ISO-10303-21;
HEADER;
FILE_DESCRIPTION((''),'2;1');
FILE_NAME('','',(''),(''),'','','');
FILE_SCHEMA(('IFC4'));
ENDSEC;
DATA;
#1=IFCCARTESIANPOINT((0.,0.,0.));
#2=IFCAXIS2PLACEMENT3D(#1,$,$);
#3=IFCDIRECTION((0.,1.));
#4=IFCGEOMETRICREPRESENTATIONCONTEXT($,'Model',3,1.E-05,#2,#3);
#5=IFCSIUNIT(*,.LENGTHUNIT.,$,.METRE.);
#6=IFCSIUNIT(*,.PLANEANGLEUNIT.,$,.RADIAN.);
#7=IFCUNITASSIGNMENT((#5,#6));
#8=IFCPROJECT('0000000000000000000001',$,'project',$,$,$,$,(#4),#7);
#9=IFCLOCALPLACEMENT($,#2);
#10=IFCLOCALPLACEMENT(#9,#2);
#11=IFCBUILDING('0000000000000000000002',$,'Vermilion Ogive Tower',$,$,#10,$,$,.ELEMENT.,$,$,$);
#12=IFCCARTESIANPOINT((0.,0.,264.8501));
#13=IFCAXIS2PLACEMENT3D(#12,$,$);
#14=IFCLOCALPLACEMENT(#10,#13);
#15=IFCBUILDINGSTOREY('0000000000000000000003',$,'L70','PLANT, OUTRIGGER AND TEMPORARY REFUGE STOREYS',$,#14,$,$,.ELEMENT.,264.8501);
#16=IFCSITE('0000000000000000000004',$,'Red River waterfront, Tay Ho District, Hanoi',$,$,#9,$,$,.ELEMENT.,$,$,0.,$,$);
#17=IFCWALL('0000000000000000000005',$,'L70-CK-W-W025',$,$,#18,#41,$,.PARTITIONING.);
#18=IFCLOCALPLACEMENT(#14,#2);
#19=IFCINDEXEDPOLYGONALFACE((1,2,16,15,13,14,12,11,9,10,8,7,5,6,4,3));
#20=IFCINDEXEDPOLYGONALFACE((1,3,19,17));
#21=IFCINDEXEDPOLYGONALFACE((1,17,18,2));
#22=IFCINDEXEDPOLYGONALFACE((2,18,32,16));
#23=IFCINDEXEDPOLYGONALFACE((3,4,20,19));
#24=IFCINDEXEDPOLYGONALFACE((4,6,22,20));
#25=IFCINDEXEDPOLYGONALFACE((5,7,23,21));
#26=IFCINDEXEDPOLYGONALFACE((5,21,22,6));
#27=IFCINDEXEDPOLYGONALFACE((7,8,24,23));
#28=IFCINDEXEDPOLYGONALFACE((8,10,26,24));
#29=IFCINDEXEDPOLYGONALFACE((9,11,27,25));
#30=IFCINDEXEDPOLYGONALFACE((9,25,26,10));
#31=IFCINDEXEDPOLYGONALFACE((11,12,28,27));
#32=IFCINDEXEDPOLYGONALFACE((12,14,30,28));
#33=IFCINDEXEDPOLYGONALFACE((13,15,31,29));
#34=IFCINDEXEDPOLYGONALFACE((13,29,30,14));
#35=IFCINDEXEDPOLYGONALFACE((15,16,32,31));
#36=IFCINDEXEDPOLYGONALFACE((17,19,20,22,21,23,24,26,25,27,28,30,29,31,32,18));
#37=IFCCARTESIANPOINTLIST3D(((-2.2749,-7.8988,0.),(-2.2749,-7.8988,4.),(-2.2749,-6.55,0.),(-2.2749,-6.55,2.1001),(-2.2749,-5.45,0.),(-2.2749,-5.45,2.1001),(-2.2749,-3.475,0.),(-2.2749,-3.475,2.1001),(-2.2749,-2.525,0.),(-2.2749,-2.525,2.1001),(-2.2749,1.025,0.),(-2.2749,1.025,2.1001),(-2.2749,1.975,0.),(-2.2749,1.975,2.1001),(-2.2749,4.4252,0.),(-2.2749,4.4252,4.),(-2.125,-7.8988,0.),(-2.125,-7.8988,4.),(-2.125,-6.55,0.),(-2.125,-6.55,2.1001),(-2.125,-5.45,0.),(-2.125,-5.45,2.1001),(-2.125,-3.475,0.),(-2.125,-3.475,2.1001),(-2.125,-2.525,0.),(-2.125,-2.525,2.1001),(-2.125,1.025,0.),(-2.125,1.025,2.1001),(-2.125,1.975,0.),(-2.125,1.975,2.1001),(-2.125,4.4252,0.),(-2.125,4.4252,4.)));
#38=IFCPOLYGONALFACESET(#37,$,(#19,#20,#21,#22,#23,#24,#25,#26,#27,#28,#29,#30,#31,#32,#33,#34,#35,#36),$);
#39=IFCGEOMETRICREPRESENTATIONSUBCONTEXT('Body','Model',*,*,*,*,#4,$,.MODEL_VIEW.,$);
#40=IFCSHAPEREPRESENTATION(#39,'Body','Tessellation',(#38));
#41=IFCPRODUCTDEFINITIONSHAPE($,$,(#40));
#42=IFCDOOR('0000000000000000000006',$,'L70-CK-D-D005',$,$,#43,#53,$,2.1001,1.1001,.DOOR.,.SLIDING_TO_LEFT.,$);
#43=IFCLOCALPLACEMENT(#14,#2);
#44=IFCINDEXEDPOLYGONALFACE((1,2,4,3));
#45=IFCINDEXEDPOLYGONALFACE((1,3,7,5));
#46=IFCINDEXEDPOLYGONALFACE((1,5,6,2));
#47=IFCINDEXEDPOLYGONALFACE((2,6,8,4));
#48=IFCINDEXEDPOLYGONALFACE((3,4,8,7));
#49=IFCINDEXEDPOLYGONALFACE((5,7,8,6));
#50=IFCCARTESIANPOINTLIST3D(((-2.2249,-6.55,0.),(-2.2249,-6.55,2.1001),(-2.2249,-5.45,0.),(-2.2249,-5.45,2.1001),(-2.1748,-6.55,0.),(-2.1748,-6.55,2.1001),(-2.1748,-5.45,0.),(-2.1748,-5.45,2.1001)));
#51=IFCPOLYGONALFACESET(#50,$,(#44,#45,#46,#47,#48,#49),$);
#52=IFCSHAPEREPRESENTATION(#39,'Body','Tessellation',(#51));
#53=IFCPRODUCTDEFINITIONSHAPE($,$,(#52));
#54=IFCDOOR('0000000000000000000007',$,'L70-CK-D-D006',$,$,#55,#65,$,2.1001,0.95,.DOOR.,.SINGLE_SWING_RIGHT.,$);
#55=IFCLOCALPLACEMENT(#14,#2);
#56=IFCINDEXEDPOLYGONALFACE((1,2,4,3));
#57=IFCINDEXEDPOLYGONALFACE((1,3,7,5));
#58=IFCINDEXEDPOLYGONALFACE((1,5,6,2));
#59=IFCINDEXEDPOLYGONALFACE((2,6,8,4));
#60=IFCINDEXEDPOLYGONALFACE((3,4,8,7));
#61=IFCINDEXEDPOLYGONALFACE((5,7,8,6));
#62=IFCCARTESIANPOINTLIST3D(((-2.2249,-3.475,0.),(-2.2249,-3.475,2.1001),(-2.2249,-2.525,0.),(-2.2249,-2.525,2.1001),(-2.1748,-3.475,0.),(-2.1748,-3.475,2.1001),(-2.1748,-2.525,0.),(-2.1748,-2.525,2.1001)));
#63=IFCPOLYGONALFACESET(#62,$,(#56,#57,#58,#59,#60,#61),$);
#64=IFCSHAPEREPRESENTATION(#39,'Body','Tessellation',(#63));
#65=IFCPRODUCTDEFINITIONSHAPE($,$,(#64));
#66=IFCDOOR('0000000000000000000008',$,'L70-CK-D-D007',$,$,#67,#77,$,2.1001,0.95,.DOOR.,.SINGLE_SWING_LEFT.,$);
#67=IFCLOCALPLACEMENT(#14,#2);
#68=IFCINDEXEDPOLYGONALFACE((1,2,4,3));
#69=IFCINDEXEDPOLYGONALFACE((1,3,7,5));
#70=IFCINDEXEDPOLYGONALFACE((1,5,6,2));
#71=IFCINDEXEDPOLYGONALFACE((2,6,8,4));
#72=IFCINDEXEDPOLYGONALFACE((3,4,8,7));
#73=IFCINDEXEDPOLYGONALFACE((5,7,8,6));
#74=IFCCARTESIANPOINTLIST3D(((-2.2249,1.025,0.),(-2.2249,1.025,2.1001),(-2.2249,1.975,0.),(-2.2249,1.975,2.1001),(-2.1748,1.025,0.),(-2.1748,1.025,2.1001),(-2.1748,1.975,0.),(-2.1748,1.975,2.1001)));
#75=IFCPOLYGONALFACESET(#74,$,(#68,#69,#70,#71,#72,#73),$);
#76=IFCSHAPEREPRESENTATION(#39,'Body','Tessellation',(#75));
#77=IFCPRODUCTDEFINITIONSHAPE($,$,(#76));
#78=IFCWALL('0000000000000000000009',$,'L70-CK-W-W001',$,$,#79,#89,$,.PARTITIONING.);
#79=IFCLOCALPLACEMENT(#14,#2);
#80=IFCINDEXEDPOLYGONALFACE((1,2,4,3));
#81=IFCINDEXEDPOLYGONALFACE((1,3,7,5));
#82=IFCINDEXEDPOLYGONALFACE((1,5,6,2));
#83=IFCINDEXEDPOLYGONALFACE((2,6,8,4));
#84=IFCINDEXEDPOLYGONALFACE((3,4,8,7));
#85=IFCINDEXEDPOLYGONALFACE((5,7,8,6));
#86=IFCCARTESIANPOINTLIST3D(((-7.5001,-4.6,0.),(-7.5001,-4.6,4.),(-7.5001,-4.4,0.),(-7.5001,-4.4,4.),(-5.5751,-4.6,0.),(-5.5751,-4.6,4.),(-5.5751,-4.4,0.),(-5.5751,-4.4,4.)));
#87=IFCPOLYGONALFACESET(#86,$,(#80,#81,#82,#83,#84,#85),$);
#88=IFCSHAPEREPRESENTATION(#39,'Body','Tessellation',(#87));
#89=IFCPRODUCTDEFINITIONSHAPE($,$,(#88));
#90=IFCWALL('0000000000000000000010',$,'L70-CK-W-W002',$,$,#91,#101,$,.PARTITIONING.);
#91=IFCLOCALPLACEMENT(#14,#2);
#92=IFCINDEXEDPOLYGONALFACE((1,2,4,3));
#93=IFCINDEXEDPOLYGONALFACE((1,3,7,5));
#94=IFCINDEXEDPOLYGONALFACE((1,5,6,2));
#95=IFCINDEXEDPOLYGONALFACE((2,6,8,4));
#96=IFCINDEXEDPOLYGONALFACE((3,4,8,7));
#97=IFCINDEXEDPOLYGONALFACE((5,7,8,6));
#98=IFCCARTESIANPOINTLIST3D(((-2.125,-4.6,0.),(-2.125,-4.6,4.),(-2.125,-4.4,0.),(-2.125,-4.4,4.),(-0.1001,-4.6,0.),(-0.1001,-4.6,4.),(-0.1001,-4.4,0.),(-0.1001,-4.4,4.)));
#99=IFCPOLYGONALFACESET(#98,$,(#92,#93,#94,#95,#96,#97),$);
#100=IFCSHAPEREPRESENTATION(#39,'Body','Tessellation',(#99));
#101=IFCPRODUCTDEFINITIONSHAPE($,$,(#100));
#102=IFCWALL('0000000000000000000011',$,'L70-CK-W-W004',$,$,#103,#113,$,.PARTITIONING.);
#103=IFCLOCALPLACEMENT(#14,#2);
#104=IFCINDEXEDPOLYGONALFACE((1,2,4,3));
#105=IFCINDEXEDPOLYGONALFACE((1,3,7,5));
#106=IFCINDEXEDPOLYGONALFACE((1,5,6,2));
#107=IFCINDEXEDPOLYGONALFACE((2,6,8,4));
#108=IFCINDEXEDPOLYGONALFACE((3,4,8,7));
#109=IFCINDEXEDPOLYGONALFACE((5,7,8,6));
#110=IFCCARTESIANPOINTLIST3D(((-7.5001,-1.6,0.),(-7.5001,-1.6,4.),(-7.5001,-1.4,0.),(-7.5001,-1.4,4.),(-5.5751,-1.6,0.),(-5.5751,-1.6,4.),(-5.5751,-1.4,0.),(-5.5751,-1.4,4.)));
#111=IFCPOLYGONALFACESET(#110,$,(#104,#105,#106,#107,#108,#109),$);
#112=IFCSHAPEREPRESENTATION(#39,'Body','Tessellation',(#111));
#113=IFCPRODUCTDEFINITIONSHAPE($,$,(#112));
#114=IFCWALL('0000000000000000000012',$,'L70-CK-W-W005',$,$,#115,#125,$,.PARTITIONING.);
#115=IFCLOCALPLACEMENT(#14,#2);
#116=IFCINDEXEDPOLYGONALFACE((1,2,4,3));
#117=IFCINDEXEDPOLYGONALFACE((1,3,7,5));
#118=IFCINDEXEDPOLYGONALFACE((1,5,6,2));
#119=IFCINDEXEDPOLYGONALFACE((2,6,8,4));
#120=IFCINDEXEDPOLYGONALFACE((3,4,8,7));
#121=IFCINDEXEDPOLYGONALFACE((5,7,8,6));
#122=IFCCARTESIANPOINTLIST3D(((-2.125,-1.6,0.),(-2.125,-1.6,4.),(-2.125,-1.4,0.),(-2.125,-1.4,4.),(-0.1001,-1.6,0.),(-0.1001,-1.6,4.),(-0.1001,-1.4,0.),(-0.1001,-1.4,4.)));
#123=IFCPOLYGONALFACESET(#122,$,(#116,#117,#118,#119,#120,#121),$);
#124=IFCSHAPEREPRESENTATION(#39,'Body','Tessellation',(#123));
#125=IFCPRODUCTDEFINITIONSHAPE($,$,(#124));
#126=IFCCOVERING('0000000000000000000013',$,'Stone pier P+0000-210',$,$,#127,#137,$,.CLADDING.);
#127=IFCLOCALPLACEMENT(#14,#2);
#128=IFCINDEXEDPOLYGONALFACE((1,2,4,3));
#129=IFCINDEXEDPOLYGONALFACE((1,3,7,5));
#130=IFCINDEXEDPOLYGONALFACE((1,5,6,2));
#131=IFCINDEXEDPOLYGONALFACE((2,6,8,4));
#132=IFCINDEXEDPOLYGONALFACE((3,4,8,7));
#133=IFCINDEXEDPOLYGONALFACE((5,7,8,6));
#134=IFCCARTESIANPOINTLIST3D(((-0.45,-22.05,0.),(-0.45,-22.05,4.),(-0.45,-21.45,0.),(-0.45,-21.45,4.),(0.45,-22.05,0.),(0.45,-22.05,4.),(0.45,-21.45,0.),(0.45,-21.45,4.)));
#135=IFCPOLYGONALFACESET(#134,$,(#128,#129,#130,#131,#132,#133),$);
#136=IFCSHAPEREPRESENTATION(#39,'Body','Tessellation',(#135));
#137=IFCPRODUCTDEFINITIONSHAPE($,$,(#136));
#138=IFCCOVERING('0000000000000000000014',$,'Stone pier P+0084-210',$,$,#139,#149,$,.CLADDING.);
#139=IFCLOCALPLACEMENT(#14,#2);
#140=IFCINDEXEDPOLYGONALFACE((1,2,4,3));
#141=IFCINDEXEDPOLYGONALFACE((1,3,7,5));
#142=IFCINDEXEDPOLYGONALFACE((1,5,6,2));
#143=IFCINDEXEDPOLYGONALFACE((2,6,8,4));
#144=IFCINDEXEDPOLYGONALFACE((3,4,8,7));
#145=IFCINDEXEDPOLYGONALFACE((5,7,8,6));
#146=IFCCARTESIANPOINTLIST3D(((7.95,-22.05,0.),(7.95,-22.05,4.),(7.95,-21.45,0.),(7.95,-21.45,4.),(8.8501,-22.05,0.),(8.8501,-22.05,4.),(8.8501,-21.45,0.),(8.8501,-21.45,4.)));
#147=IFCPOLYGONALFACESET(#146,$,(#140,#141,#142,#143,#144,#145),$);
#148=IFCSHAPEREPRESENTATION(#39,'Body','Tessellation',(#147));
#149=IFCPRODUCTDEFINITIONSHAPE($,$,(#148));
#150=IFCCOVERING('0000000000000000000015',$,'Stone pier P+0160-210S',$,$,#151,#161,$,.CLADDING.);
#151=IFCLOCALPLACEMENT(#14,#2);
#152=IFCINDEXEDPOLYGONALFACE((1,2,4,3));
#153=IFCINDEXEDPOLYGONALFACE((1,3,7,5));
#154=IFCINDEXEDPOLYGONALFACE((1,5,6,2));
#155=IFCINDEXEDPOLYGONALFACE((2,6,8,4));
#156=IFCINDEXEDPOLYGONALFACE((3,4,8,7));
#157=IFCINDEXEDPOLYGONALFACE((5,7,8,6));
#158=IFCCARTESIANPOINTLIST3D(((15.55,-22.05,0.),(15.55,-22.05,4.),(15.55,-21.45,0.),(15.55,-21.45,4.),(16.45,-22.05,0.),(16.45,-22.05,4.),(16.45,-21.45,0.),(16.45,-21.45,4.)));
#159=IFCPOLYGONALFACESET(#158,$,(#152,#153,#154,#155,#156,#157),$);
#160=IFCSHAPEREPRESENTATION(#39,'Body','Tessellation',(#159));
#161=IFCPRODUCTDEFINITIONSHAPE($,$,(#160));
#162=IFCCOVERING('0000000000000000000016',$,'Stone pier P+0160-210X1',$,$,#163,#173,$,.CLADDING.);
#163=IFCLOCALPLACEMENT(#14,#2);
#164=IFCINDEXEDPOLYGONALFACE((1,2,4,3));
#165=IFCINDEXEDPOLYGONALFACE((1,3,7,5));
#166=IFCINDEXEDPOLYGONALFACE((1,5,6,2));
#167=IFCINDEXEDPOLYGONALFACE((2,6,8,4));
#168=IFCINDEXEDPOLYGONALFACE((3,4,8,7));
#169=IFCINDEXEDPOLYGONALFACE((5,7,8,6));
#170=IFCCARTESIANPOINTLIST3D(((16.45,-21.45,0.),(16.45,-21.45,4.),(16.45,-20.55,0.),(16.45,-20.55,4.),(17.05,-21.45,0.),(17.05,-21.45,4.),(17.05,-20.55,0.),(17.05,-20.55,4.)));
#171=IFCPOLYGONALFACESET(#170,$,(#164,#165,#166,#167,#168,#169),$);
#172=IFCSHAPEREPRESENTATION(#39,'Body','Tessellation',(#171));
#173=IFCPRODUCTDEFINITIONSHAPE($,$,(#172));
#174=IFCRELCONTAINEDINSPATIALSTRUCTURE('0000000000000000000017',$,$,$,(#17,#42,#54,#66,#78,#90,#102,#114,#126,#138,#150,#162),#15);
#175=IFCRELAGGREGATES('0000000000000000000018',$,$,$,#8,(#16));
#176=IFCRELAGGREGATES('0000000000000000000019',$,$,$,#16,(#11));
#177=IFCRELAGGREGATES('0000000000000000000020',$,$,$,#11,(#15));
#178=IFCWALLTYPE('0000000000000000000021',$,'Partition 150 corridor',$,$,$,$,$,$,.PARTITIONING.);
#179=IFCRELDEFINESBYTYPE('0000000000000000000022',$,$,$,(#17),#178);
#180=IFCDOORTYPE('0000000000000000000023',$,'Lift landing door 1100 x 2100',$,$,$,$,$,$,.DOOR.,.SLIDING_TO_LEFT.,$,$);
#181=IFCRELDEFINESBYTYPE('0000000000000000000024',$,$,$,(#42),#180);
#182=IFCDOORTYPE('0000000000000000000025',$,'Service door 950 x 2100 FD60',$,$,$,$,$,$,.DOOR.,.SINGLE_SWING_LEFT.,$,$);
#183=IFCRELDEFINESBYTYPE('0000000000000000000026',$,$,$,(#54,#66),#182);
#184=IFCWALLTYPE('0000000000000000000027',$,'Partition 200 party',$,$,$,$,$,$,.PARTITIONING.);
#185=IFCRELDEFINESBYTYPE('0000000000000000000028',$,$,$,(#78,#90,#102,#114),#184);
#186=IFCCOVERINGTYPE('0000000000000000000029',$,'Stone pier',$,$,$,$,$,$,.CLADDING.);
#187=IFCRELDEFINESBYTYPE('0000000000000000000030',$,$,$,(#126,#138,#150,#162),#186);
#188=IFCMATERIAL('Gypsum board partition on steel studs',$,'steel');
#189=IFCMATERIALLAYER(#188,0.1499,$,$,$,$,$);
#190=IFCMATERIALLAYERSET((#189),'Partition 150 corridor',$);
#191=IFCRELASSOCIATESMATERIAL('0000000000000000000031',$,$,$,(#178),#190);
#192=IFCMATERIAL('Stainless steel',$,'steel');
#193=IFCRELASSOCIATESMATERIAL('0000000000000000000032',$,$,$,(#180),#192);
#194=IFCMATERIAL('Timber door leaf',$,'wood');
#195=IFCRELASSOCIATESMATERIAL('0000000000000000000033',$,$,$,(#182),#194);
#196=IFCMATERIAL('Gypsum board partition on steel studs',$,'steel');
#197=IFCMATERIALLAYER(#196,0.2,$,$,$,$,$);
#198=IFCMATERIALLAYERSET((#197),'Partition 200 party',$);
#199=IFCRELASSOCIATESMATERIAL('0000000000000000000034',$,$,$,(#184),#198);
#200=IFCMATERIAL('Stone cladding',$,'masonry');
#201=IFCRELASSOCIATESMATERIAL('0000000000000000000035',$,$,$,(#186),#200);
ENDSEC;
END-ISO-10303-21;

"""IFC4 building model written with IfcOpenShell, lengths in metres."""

from ifc_helpers import new_model, si_unit, direction, frame, frame_2d, origin, place, context, subcontext, project, spatial, polyline, rectangle, outline, extrude, material, layer, layer_set, type_object, element, fill, save


model = new_model("IFC4")

# Units and contexts
model_context = context("Model", 3, precision=1e-05, world=origin(), true_north=direction((0.0, 1.0)))
body_context = subcontext(model_context, "Body", "Model", "MODEL_VIEW")
ifc_project = project(units=[si_unit("LENGTHUNIT", "METRE"), si_unit("PLANEANGLEUNIT", "RADIAN")], contexts=[model_context])

# Site, building, storey
site_placement = place(None, origin())
site = spatial("IfcSite", under=ifc_project, at=site_placement, Name="Red River waterfront, Tay Ho District, Hanoi", CompositionType="ELEMENT", RefElevation=0.0)
building_placement = place(site_placement, origin())
building = spatial("IfcBuilding", under=site, at=building_placement, Name="Vermilion Ogive Tower", CompositionType="ELEMENT")
storey_placement = place(building_placement, frame((0.0, 0.0, 264.8501)))
storey = spatial("IfcBuildingStorey", under=building, at=storey_placement, Name="L70", Description="PLANT, OUTRIGGER AND TEMPORARY REFUGE STOREYS", CompositionType="ELEMENT", Elevation=264.8501)

# Wall, openings, doors
ifc_material_1 = material(Name="Gypsum board partition on steel studs", Category="steel")
ifc_layer_1 = layer(ifc_material_1, 0.1499)
ifc_layer_set_1 = layer_set([ifc_layer_1], Name="Partition 150 corridor")
wall_type_1 = type_object("IfcWallType", Name="Partition 150 corridor", PredefinedType="PARTITIONING", material=ifc_layer_set_1)
ifc_material_2 = material(Name="Stainless steel", Category="steel")
door_type_1 = type_object("IfcDoorType", Name="Lift landing door 1100 x 2100", OperationType="SLIDING_TO_LEFT", PredefinedType="DOOR", material=ifc_material_2)
wall_1_placement = place(storey_placement, frame((-2.2, -7.8989, 0.0), z_axis=(0.0, 0.0, 1.0), x_axis=(0.0, 1.0, 0.0)))
wall_1 = element("IfcWall", 1, at=wall_1_placement, inside=storey, type_object=wall_type_1, Name="L70-CK-W-W025", PredefinedType="PARTITIONING", context=body_context, shape_type="SweptSolid", body=[
    extrude(rectangle(XDim=12.324, YDim=0.1499, at=frame_2d((6.1621, 0.0))), origin(), (0.0, 0.0, 1.0), 4.0),
])
opening_1_placement = place(wall_1_placement, frame((1.3489, 0.0, 0.0)))
opening_1 = element("IfcOpeningElement", 2, at=opening_1_placement, cuts=wall_1, PredefinedType="OPENING", context=body_context, shape_type="SweptSolid", body=[
    extrude(rectangle(XDim=1.1001, YDim=2.1001, at=frame_2d((0.55, 1.05))), frame((0.0, 0.085, 0.0), z_axis=(0.0, -1.0, 0.0), x_axis=(1.0, 0.0, 0.0)), (0.0, 0.0, 1.0), 0.1699),
])
opening_2_placement = place(wall_1_placement, frame((4.4238, 0.0, 0.0)))
opening_2 = element("IfcOpeningElement", 3, at=opening_2_placement, cuts=wall_1, PredefinedType="OPENING", context=body_context, shape_type="SweptSolid", body=[
    extrude(rectangle(XDim=0.95, YDim=2.1001, at=frame_2d((0.4751, 1.05))), frame((0.0, 0.085, 0.0), z_axis=(0.0, -1.0, 0.0), x_axis=(1.0, 0.0, 0.0)), (0.0, 0.0, 1.0), 0.1699),
])
opening_3_placement = place(wall_1_placement, frame((8.9238, 0.0, 0.0)))
opening_3 = element("IfcOpeningElement", 4, at=opening_3_placement, cuts=wall_1, PredefinedType="OPENING", context=body_context, shape_type="SweptSolid", body=[
    extrude(rectangle(XDim=0.95, YDim=2.1001, at=frame_2d((0.4751, 1.05))), frame((0.0, 0.085, 0.0), z_axis=(0.0, -1.0, 0.0), x_axis=(1.0, 0.0, 0.0)), (0.0, 0.0, 1.0), 0.1699),
])
door_1_placement = place(opening_1_placement, origin())
door_1 = element("IfcDoor", 5, at=door_1_placement, inside=storey, type_object=door_type_1, Name="L70-CK-D-D005", OperationType="SLIDING_TO_LEFT", OverallHeight=2.1001, OverallWidth=1.1001, PredefinedType="DOOR", context=body_context, shape_type="SweptSolid", body=[
    extrude(rectangle(XDim=1.1001, YDim=2.1001, at=frame_2d((0.55, 1.05))), frame((0.0, 0.0249, 0.0), z_axis=(0.0, -1.0, 0.0), x_axis=(1.0, 0.0, 0.0)), (0.0, 0.0, 1.0), 0.05),
])
fill(opening_1, door_1)
ifc_material_3 = material(Name="Timber door leaf", Category="wood")
door_type_2 = type_object("IfcDoorType", Name="Service door 950 x 2100 FD60", OperationType="SINGLE_SWING_LEFT", PredefinedType="DOOR", material=ifc_material_3)
door_2_placement = place(opening_2_placement, origin())
door_2 = element("IfcDoor", 6, at=door_2_placement, inside=storey, type_object=door_type_2, Name="L70-CK-D-D006", OperationType="SINGLE_SWING_RIGHT", OverallHeight=2.1001, OverallWidth=0.95, PredefinedType="DOOR", context=body_context, shape_type="SweptSolid", body=[
    extrude(rectangle(XDim=0.95, YDim=2.1001, at=frame_2d((0.4751, 1.05))), frame((0.0, 0.0249, 0.0), z_axis=(0.0, -1.0, 0.0), x_axis=(1.0, 0.0, 0.0)), (0.0, 0.0, 1.0), 0.05),
])
fill(opening_2, door_2)
door_3_placement = place(opening_3_placement, origin())
door_3 = element("IfcDoor", 7, at=door_3_placement, inside=storey, type_object=door_type_2, Name="L70-CK-D-D007", OperationType="SINGLE_SWING_LEFT", OverallHeight=2.1001, OverallWidth=0.95, PredefinedType="DOOR", context=body_context, shape_type="SweptSolid", body=[
    extrude(rectangle(XDim=0.95, YDim=2.1001, at=frame_2d((0.4751, 1.05))), frame((0.0, 0.0249, 0.0), z_axis=(0.0, -1.0, 0.0), x_axis=(1.0, 0.0, 0.0)), (0.0, 0.0, 1.0), 0.05),
])
fill(opening_3, door_3)

# Walls
ifc_material_4 = material(Name="Gypsum board partition on steel studs", Category="steel")
ifc_layer_2 = layer(ifc_material_4, 0.2)
ifc_layer_set_2 = layer_set([ifc_layer_2], Name="Partition 200 party")
wall_type_2 = type_object("IfcWallType", Name="Partition 200 party", PredefinedType="PARTITIONING", material=ifc_layer_set_2)
wall_2_placement = place(storey_placement, frame((-7.5, -4.5, 0.0), z_axis=(0.0, 0.0, 1.0), x_axis=(1.0, 0.0, 0.0)))
element("IfcWall", 8, at=wall_2_placement, inside=storey, type_object=wall_type_2, Name="L70-CK-W-W001", PredefinedType="PARTITIONING", context=body_context, shape_type="SweptSolid", body=[
    extrude(rectangle(XDim=1.925, YDim=0.2, at=frame_2d((0.9624, 0.0))), origin(), (0.0, 0.0, 1.0), 4.0),
])
wall_3_placement = place(storey_placement, frame((-2.125, -4.5, 0.0), z_axis=(0.0, 0.0, 1.0), x_axis=(1.0, 0.0, 0.0)))
element("IfcWall", 9, at=wall_3_placement, inside=storey, type_object=wall_type_2, Name="L70-CK-W-W002", PredefinedType="PARTITIONING", context=body_context, shape_type="SweptSolid", body=[
    extrude(rectangle(XDim=2.0249, YDim=0.2, at=frame_2d((1.0125, 0.0))), origin(), (0.0, 0.0, 1.0), 4.0),
])
wall_4_placement = place(storey_placement, frame((-7.5, -1.5, 0.0), z_axis=(0.0, 0.0, 1.0), x_axis=(1.0, 0.0, 0.0)))
element("IfcWall", 10, at=wall_4_placement, inside=storey, type_object=wall_type_2, Name="L70-CK-W-W004", PredefinedType="PARTITIONING", context=body_context, shape_type="SweptSolid", body=[
    extrude(rectangle(XDim=1.925, YDim=0.2, at=frame_2d((0.9624, 0.0))), origin(), (0.0, 0.0, 1.0), 4.0),
])
wall_5_placement = place(storey_placement, frame((-2.125, -1.5, 0.0), z_axis=(0.0, 0.0, 1.0), x_axis=(1.0, 0.0, 0.0)))
element("IfcWall", 11, at=wall_5_placement, inside=storey, type_object=wall_type_2, Name="L70-CK-W-W005", PredefinedType="PARTITIONING", context=body_context, shape_type="SweptSolid", body=[
    extrude(rectangle(XDim=2.0249, YDim=0.2, at=frame_2d((1.0125, 0.0))), origin(), (0.0, 0.0, 1.0), 4.0),
])

# Coverings
ifc_material_5 = material(Name="Stone cladding", Category="masonry")
covering_type = type_object("IfcCoveringType", Name="Stone pier", PredefinedType="CLADDING", material=ifc_material_5)
covering_1_placement = place(storey_placement, origin())
element("IfcCovering", 12, at=covering_1_placement, inside=storey, type_object=covering_type, Name="Stone pier P+0000-210", PredefinedType="CLADDING", context=body_context, shape_type="SweptSolid", body=[
    extrude(outline(polyline([(0.45, -22.05), (-0.45, -22.05), (-0.45, -21.45), (0.45, -21.45), (0.45, -22.05)])), origin(), (0.0, 0.0, 1.0), 4.0),
])
covering_2_placement = place(storey_placement, origin())
element("IfcCovering", 13, at=covering_2_placement, inside=storey, type_object=covering_type, Name="Stone pier P+0084-210", PredefinedType="CLADDING", context=body_context, shape_type="SweptSolid", body=[
    extrude(outline(polyline([(8.8501, -21.45), (8.8501, -22.05), (7.95, -22.05), (7.95, -21.45), (7.95, -21.45), (8.8501, -21.45)])), origin(), (0.0, 0.0, 1.0), 4.0),
])
covering_3_placement = place(storey_placement, origin())
element("IfcCovering", 14, at=covering_3_placement, inside=storey, type_object=covering_type, Name="Stone pier P+0160-210S", PredefinedType="CLADDING", context=body_context, shape_type="SweptSolid", body=[
    extrude(outline(polyline([(16.45, -21.45), (16.45, -21.45), (16.45, -22.05), (15.55, -22.05), (15.55, -21.45), (15.55, -21.45), (16.45, -21.45)])), origin(), (0.0, 0.0, 1.0), 4.0),
])
covering_4_placement = place(storey_placement, origin())
element("IfcCovering", 15, at=covering_4_placement, inside=storey, type_object=covering_type, Name="Stone pier P+0160-210X1", PredefinedType="CLADDING", context=body_context, shape_type="SweptSolid", body=[
    extrude(outline(polyline([(17.05, -21.45), (16.45, -21.45), (16.45, -21.45), (16.45, -20.55), (17.05, -20.55), (17.05, -21.45)])), origin(), (0.0, 0.0, 1.0), 4.0),
])

save(model, "model.ifc")
